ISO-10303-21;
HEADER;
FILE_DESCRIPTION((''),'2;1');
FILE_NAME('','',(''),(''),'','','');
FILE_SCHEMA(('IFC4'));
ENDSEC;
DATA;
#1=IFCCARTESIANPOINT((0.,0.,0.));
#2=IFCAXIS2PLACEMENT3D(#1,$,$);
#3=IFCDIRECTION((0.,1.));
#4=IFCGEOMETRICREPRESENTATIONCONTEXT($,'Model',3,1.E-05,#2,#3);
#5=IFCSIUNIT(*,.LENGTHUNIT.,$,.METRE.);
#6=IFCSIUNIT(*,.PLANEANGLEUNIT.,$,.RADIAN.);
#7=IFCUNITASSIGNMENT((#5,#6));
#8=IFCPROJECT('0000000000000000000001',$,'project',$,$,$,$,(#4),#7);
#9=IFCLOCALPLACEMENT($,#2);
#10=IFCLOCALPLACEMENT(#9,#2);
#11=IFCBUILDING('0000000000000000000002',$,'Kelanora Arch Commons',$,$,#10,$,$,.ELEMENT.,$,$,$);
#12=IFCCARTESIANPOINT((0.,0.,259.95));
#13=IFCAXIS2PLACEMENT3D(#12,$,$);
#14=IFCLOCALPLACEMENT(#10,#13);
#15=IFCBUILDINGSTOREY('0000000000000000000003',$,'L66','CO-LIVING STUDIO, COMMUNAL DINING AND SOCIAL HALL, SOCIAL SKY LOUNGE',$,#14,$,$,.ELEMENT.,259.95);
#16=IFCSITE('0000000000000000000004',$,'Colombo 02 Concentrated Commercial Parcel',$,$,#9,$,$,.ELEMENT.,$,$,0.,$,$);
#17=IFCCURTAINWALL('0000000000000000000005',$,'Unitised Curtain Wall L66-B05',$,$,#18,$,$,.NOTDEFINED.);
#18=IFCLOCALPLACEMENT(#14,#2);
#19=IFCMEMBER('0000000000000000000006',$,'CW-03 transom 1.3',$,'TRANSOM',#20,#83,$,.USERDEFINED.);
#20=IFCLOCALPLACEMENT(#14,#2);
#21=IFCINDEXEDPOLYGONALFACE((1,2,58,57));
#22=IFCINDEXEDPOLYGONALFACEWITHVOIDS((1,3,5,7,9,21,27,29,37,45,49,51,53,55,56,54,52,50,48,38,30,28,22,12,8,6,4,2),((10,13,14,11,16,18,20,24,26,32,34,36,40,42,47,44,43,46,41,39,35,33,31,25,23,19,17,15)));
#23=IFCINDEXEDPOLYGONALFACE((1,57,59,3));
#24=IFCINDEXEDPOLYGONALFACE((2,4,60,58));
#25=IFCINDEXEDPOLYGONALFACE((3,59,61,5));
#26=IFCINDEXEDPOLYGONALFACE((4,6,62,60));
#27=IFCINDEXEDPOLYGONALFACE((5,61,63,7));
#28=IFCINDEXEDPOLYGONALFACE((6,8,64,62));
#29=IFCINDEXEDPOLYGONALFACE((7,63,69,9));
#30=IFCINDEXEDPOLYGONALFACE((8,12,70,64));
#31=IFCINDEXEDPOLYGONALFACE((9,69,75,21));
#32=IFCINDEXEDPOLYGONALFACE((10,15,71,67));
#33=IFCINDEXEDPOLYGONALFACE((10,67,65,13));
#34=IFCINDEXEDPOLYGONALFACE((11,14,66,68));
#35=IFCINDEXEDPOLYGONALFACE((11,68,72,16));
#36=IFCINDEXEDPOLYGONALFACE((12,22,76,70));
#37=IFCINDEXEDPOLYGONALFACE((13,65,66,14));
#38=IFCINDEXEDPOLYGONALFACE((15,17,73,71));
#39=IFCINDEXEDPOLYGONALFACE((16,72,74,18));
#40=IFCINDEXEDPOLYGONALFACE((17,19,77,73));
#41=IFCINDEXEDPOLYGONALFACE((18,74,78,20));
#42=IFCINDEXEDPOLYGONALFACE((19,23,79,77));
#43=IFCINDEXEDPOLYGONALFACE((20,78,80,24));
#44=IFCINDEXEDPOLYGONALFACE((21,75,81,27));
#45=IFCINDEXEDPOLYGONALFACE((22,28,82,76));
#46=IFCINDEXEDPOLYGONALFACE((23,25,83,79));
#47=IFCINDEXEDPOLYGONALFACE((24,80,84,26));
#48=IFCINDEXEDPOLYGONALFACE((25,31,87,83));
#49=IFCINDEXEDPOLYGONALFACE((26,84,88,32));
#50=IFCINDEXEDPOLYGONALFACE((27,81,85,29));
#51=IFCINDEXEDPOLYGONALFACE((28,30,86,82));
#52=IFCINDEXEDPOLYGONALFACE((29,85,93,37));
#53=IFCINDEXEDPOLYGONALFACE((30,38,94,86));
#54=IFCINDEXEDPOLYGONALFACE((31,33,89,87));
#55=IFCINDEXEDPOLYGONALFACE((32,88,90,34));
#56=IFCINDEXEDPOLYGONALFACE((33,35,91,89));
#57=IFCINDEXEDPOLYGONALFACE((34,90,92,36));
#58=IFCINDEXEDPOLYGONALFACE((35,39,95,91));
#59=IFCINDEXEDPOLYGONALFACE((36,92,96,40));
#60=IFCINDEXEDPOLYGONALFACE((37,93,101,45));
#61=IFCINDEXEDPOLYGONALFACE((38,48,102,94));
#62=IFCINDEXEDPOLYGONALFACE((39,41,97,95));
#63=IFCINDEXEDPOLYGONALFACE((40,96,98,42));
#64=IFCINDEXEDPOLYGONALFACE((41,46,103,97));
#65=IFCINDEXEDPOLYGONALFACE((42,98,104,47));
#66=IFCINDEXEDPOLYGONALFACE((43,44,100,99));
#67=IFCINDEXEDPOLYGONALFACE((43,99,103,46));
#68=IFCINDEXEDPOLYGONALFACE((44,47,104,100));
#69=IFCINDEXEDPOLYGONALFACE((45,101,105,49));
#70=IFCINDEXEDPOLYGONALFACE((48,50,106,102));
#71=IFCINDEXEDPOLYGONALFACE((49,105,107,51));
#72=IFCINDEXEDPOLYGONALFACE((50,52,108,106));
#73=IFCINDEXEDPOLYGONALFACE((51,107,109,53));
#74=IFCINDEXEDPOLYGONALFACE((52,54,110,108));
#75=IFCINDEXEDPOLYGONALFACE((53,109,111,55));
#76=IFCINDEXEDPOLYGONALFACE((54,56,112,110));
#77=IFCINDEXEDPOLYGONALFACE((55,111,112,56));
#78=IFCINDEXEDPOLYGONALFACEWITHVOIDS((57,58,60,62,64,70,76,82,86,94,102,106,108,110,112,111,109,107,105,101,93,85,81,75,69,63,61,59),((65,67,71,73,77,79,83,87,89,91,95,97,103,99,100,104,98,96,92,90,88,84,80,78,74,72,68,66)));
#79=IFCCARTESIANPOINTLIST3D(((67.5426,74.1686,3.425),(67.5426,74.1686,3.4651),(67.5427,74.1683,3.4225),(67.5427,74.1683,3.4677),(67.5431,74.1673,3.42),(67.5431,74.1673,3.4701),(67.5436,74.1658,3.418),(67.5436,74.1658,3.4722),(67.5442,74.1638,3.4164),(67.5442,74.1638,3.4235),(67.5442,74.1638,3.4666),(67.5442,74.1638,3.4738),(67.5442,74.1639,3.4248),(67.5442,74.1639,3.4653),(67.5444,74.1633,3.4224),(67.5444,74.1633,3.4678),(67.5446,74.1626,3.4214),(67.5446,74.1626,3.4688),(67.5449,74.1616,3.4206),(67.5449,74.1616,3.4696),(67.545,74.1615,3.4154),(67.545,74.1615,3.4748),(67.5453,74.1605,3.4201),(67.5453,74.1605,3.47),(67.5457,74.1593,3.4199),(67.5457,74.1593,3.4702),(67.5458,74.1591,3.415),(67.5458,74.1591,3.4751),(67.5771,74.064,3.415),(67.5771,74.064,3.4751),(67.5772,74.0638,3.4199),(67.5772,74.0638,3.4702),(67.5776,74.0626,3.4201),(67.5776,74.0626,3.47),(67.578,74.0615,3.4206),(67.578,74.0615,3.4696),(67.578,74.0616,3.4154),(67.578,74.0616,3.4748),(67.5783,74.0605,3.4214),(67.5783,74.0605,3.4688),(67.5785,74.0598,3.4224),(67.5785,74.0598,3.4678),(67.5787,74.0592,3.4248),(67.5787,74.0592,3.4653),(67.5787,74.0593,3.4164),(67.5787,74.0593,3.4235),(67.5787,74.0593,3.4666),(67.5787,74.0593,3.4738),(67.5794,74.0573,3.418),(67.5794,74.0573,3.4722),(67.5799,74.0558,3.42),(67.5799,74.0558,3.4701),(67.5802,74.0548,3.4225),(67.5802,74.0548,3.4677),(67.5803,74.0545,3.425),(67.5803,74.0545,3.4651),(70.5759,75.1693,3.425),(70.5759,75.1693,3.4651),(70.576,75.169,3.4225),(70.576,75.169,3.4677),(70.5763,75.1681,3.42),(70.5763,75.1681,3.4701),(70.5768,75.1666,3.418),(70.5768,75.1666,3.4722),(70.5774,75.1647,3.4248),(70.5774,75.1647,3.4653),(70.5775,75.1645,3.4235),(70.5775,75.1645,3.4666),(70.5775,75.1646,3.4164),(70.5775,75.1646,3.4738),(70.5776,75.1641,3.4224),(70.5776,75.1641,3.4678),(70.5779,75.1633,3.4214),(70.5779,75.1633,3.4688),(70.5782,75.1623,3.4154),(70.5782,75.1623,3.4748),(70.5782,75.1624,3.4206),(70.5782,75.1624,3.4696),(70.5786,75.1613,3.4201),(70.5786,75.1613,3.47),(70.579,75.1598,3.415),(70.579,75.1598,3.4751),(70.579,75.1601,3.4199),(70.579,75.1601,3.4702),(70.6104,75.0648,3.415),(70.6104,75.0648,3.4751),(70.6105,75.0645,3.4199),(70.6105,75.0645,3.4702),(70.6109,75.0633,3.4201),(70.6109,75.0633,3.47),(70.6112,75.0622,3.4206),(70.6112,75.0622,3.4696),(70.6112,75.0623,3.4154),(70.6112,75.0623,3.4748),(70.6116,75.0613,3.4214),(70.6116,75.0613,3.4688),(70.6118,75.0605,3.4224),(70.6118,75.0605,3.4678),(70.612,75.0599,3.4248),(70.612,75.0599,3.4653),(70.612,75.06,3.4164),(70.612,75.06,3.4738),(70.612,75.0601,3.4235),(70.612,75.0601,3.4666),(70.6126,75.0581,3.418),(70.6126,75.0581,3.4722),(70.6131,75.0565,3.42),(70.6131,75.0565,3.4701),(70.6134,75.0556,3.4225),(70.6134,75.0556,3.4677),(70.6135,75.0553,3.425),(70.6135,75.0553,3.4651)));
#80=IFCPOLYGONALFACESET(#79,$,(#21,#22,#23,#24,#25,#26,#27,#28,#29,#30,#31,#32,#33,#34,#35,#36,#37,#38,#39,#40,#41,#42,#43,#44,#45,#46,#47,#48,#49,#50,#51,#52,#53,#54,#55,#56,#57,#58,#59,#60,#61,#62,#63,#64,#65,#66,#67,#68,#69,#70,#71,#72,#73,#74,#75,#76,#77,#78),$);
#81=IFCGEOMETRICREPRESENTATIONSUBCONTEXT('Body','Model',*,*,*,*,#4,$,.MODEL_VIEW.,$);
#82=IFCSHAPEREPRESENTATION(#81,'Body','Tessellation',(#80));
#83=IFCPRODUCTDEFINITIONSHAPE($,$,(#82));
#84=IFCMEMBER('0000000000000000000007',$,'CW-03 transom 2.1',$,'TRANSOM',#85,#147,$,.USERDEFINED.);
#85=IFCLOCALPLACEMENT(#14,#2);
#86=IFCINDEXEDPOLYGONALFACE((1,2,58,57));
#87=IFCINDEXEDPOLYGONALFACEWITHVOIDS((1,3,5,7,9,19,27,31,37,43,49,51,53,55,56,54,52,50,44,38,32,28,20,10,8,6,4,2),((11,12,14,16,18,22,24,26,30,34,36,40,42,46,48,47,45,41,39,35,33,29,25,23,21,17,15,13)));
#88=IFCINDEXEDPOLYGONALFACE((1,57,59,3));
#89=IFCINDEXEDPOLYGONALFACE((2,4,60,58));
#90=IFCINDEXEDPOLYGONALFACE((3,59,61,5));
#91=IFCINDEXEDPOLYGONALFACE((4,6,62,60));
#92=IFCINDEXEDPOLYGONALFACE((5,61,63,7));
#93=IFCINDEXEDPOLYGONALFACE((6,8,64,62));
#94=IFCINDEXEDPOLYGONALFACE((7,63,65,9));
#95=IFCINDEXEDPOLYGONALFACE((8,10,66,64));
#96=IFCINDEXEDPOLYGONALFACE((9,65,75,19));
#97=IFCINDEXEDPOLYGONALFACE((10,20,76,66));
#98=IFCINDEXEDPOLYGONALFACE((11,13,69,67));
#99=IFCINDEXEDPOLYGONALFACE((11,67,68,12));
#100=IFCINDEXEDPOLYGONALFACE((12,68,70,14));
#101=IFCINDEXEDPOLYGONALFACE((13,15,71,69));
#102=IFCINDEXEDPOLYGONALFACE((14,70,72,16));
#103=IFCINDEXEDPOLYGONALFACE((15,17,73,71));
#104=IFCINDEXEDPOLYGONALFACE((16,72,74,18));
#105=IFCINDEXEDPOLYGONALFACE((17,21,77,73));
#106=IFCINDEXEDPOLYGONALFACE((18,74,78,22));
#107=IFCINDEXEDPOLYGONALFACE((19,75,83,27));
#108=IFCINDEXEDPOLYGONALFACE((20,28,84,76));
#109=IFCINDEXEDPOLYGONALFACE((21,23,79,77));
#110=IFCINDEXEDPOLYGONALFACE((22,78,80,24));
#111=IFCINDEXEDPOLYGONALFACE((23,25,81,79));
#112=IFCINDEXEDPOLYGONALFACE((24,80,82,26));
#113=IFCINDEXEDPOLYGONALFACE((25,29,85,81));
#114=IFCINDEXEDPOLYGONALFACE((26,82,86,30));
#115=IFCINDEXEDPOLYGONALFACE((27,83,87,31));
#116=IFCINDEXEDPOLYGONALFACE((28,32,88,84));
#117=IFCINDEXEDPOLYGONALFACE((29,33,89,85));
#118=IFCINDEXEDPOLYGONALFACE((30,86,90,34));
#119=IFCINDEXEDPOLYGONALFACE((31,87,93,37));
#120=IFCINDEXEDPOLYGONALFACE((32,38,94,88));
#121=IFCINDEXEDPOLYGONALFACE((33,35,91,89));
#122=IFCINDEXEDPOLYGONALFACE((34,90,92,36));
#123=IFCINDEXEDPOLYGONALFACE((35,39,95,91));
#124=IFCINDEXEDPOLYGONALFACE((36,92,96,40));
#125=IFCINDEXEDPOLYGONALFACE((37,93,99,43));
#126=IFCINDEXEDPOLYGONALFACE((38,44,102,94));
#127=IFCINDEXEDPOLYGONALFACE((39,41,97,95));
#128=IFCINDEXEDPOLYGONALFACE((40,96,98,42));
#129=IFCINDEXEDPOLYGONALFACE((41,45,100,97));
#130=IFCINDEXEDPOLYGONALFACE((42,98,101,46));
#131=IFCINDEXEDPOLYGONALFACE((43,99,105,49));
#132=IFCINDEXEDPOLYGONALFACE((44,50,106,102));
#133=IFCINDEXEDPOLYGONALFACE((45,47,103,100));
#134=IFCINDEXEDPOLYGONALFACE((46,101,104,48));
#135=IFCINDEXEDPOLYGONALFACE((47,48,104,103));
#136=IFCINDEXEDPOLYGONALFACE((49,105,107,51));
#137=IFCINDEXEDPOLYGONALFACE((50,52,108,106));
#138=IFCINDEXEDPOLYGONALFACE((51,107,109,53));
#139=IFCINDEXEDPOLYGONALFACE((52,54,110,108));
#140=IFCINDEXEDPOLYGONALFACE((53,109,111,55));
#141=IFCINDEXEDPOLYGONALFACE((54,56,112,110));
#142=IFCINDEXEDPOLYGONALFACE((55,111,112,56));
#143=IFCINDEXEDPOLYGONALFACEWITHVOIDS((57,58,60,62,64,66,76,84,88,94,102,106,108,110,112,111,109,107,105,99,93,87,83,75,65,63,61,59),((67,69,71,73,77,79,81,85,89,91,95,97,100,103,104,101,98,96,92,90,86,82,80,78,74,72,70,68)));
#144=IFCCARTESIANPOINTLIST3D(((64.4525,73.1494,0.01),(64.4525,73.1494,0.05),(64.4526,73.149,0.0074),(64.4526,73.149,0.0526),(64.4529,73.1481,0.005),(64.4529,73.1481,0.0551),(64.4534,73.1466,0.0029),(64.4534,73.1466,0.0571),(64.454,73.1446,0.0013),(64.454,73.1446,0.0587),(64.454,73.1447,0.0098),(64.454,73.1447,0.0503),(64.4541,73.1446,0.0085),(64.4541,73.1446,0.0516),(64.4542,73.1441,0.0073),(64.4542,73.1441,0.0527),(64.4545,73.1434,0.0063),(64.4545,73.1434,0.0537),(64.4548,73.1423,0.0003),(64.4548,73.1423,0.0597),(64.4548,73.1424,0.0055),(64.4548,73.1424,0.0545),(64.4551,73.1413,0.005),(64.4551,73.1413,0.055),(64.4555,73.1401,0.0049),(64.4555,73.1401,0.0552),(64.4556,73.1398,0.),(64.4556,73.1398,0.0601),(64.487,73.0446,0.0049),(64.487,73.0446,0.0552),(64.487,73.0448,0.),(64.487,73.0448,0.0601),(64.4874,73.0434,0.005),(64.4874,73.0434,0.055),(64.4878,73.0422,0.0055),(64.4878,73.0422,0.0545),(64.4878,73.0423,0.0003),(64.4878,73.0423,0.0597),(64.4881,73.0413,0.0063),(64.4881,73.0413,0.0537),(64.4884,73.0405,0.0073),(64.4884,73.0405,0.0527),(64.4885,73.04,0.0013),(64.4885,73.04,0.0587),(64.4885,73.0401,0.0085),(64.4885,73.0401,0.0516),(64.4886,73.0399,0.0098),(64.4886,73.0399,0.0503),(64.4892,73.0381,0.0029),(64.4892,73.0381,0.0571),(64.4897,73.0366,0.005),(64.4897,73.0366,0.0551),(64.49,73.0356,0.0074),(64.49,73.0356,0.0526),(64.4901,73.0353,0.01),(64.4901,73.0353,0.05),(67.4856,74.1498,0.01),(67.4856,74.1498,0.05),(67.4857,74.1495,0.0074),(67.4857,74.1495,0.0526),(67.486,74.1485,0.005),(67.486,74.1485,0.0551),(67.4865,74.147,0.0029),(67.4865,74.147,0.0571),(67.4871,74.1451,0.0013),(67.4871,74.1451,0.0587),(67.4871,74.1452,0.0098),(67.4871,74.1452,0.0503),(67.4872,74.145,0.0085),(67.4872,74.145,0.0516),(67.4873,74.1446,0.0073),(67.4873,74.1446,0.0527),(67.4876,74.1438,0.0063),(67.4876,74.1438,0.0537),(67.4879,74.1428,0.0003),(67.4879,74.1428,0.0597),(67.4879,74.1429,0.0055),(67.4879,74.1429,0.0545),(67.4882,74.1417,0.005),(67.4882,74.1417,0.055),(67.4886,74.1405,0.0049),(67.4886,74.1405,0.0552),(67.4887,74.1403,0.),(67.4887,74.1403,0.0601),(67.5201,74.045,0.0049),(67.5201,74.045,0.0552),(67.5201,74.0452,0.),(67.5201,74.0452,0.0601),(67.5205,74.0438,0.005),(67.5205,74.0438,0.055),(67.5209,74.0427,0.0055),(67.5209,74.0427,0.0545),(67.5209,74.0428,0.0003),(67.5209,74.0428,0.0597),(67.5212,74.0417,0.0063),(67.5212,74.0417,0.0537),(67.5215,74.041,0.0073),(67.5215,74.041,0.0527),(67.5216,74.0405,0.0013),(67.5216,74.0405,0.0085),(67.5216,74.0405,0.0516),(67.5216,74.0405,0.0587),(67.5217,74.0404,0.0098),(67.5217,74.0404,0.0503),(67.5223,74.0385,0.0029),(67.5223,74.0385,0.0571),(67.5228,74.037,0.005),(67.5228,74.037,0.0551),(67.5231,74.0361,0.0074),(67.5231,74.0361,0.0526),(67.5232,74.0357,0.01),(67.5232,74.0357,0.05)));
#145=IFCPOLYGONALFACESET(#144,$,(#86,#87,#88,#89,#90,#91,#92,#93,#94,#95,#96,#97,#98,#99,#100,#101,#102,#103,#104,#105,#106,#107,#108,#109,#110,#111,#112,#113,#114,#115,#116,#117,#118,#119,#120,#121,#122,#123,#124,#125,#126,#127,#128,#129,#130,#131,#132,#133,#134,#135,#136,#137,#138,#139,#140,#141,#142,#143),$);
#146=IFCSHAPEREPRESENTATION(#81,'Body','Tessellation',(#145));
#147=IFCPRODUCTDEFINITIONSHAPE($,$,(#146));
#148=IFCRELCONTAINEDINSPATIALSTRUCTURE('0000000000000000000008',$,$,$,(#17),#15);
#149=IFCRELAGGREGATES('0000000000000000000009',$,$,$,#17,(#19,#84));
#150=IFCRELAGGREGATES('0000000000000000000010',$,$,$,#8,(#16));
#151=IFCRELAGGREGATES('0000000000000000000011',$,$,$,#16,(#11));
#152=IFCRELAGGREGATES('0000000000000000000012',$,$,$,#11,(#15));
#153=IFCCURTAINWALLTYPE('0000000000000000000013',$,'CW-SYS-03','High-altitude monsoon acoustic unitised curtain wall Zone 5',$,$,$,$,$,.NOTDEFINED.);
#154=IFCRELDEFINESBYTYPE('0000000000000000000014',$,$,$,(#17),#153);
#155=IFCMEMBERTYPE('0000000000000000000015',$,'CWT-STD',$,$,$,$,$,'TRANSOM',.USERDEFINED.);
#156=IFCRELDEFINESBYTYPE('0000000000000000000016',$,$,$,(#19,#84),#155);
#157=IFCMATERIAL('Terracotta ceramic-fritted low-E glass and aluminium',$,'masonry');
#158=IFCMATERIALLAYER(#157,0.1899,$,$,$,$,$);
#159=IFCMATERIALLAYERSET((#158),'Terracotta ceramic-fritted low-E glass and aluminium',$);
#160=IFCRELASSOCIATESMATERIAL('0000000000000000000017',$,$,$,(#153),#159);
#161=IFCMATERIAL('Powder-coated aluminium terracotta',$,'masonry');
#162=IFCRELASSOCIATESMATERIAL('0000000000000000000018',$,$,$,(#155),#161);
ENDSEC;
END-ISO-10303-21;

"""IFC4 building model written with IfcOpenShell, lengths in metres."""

from ifc_helpers import new_model, si_unit, direction, frame, origin, origin_2d, place, context, subcontext, project, spatial, hollow_rectangle, extrude, material, layer, layer_set, material_profile, profile_set, type_object, element, aggregate, save


model = new_model("IFC4")

# Units and contexts
model_context = context("Model", 3, precision=1e-05, world=origin(), true_north=direction((0.0, 1.0)))
body_context = subcontext(model_context, "Body", "Model", "MODEL_VIEW")
ifc_project = project(units=[si_unit("LENGTHUNIT", "METRE"), si_unit("PLANEANGLEUNIT", "RADIAN")], contexts=[model_context])

# Site, building, storey
site_placement = place(None, origin())
site = spatial("IfcSite", under=ifc_project, at=site_placement, Name="Colombo 02 Concentrated Commercial Parcel", CompositionType="ELEMENT", RefElevation=0.0)
building_placement = place(site_placement, origin())
building = spatial("IfcBuilding", under=site, at=building_placement, Name="Kelanora Arch Commons", CompositionType="ELEMENT")
storey_placement = place(building_placement, frame((0.0, 0.0, 259.95)))
storey = spatial("IfcBuildingStorey", under=building, at=storey_placement, Name="L66", Description="CO-LIVING STUDIO, COMMUNAL DINING AND SOCIAL HALL, SOCIAL SKY LOUNGE", CompositionType="ELEMENT", Elevation=259.95)

# Curtain wall, members
ifc_material_1 = material(Name="Terracotta ceramic-fritted low-E glass and aluminium", Category="masonry")
ifc_layer_1 = layer(ifc_material_1, 0.1899)
ifc_layer_set_1 = layer_set([ifc_layer_1], Name="Terracotta ceramic-fritted low-E glass and aluminium")
curtain_wall_type = type_object("IfcCurtainWallType", Name="CW-SYS-03", Description="High-altitude monsoon acoustic unitised curtain wall Zone 5", PredefinedType="NOTDEFINED", material=ifc_layer_set_1)
curtain_wall_placement = place(storey_placement, origin())
curtain_wall = element("IfcCurtainWall", 1, at=curtain_wall_placement, inside=storey, type_object=curtain_wall_type, Name="Unitised Curtain Wall L66-B05", PredefinedType="NOTDEFINED")
ifc_material_2 = material(Name="Powder-coated aluminium terracotta", Category="masonry")
ifc_material_profile_1 = material_profile(ifc_material_2, hollow_rectangle(XDim=0.1201, YDim=0.0601, WallThickness=0.0049, InnerFilletRadius=0.0049, OuterFilletRadius=0.01, at=origin_2d()), Name="CWT120x60")
ifc_profile_set_1 = profile_set([ifc_material_profile_1], Name="Powder-coated aluminium terracotta")
member_type_1 = type_object("IfcMemberType", Name="CWT-STD", ElementType="TRANSOM", PredefinedType="USERDEFINED", material=ifc_profile_set_1)
member_1_placement = place(storey_placement, frame((70.5947, 75.1123, 3.4451), z_axis=(-0.94965, -0.313314, 0.0), x_axis=(0.313314, -0.94965, 0.0)))
member_1 = element("IfcMember", 2, at=member_1_placement, type_object=member_type_1, Name="CW-03 transom 1.3", ObjectType="TRANSOM", PredefinedType="USERDEFINED", context=body_context, shape_type="SweptSolid", body=[
    extrude(hollow_rectangle(XDim=0.1201, YDim=0.0601, WallThickness=0.0049, InnerFilletRadius=0.0049, OuterFilletRadius=0.01, at=origin_2d()), origin(), (0.0, 0.0, 1.0), 3.1941),
])
member_2_placement = place(storey_placement, frame((67.5044, 74.0928, 0.03), z_axis=(-0.949672, -0.313245, 0.0), x_axis=(0.313245, -0.949672, 0.0)))
member_2 = element("IfcMember", 3, at=member_2_placement, type_object=member_type_1, Name="CW-03 transom 2.1", ObjectType="TRANSOM", PredefinedType="USERDEFINED", context=body_context, shape_type="SweptSolid", body=[
    extrude(hollow_rectangle(XDim=0.1201, YDim=0.0601, WallThickness=0.0049, InnerFilletRadius=0.0049, OuterFilletRadius=0.01, at=origin_2d()), origin(), (0.0, 0.0, 1.0), 3.1938),
])
aggregate(curtain_wall, [member_1, member_2])

save(model, "model.ifc")
